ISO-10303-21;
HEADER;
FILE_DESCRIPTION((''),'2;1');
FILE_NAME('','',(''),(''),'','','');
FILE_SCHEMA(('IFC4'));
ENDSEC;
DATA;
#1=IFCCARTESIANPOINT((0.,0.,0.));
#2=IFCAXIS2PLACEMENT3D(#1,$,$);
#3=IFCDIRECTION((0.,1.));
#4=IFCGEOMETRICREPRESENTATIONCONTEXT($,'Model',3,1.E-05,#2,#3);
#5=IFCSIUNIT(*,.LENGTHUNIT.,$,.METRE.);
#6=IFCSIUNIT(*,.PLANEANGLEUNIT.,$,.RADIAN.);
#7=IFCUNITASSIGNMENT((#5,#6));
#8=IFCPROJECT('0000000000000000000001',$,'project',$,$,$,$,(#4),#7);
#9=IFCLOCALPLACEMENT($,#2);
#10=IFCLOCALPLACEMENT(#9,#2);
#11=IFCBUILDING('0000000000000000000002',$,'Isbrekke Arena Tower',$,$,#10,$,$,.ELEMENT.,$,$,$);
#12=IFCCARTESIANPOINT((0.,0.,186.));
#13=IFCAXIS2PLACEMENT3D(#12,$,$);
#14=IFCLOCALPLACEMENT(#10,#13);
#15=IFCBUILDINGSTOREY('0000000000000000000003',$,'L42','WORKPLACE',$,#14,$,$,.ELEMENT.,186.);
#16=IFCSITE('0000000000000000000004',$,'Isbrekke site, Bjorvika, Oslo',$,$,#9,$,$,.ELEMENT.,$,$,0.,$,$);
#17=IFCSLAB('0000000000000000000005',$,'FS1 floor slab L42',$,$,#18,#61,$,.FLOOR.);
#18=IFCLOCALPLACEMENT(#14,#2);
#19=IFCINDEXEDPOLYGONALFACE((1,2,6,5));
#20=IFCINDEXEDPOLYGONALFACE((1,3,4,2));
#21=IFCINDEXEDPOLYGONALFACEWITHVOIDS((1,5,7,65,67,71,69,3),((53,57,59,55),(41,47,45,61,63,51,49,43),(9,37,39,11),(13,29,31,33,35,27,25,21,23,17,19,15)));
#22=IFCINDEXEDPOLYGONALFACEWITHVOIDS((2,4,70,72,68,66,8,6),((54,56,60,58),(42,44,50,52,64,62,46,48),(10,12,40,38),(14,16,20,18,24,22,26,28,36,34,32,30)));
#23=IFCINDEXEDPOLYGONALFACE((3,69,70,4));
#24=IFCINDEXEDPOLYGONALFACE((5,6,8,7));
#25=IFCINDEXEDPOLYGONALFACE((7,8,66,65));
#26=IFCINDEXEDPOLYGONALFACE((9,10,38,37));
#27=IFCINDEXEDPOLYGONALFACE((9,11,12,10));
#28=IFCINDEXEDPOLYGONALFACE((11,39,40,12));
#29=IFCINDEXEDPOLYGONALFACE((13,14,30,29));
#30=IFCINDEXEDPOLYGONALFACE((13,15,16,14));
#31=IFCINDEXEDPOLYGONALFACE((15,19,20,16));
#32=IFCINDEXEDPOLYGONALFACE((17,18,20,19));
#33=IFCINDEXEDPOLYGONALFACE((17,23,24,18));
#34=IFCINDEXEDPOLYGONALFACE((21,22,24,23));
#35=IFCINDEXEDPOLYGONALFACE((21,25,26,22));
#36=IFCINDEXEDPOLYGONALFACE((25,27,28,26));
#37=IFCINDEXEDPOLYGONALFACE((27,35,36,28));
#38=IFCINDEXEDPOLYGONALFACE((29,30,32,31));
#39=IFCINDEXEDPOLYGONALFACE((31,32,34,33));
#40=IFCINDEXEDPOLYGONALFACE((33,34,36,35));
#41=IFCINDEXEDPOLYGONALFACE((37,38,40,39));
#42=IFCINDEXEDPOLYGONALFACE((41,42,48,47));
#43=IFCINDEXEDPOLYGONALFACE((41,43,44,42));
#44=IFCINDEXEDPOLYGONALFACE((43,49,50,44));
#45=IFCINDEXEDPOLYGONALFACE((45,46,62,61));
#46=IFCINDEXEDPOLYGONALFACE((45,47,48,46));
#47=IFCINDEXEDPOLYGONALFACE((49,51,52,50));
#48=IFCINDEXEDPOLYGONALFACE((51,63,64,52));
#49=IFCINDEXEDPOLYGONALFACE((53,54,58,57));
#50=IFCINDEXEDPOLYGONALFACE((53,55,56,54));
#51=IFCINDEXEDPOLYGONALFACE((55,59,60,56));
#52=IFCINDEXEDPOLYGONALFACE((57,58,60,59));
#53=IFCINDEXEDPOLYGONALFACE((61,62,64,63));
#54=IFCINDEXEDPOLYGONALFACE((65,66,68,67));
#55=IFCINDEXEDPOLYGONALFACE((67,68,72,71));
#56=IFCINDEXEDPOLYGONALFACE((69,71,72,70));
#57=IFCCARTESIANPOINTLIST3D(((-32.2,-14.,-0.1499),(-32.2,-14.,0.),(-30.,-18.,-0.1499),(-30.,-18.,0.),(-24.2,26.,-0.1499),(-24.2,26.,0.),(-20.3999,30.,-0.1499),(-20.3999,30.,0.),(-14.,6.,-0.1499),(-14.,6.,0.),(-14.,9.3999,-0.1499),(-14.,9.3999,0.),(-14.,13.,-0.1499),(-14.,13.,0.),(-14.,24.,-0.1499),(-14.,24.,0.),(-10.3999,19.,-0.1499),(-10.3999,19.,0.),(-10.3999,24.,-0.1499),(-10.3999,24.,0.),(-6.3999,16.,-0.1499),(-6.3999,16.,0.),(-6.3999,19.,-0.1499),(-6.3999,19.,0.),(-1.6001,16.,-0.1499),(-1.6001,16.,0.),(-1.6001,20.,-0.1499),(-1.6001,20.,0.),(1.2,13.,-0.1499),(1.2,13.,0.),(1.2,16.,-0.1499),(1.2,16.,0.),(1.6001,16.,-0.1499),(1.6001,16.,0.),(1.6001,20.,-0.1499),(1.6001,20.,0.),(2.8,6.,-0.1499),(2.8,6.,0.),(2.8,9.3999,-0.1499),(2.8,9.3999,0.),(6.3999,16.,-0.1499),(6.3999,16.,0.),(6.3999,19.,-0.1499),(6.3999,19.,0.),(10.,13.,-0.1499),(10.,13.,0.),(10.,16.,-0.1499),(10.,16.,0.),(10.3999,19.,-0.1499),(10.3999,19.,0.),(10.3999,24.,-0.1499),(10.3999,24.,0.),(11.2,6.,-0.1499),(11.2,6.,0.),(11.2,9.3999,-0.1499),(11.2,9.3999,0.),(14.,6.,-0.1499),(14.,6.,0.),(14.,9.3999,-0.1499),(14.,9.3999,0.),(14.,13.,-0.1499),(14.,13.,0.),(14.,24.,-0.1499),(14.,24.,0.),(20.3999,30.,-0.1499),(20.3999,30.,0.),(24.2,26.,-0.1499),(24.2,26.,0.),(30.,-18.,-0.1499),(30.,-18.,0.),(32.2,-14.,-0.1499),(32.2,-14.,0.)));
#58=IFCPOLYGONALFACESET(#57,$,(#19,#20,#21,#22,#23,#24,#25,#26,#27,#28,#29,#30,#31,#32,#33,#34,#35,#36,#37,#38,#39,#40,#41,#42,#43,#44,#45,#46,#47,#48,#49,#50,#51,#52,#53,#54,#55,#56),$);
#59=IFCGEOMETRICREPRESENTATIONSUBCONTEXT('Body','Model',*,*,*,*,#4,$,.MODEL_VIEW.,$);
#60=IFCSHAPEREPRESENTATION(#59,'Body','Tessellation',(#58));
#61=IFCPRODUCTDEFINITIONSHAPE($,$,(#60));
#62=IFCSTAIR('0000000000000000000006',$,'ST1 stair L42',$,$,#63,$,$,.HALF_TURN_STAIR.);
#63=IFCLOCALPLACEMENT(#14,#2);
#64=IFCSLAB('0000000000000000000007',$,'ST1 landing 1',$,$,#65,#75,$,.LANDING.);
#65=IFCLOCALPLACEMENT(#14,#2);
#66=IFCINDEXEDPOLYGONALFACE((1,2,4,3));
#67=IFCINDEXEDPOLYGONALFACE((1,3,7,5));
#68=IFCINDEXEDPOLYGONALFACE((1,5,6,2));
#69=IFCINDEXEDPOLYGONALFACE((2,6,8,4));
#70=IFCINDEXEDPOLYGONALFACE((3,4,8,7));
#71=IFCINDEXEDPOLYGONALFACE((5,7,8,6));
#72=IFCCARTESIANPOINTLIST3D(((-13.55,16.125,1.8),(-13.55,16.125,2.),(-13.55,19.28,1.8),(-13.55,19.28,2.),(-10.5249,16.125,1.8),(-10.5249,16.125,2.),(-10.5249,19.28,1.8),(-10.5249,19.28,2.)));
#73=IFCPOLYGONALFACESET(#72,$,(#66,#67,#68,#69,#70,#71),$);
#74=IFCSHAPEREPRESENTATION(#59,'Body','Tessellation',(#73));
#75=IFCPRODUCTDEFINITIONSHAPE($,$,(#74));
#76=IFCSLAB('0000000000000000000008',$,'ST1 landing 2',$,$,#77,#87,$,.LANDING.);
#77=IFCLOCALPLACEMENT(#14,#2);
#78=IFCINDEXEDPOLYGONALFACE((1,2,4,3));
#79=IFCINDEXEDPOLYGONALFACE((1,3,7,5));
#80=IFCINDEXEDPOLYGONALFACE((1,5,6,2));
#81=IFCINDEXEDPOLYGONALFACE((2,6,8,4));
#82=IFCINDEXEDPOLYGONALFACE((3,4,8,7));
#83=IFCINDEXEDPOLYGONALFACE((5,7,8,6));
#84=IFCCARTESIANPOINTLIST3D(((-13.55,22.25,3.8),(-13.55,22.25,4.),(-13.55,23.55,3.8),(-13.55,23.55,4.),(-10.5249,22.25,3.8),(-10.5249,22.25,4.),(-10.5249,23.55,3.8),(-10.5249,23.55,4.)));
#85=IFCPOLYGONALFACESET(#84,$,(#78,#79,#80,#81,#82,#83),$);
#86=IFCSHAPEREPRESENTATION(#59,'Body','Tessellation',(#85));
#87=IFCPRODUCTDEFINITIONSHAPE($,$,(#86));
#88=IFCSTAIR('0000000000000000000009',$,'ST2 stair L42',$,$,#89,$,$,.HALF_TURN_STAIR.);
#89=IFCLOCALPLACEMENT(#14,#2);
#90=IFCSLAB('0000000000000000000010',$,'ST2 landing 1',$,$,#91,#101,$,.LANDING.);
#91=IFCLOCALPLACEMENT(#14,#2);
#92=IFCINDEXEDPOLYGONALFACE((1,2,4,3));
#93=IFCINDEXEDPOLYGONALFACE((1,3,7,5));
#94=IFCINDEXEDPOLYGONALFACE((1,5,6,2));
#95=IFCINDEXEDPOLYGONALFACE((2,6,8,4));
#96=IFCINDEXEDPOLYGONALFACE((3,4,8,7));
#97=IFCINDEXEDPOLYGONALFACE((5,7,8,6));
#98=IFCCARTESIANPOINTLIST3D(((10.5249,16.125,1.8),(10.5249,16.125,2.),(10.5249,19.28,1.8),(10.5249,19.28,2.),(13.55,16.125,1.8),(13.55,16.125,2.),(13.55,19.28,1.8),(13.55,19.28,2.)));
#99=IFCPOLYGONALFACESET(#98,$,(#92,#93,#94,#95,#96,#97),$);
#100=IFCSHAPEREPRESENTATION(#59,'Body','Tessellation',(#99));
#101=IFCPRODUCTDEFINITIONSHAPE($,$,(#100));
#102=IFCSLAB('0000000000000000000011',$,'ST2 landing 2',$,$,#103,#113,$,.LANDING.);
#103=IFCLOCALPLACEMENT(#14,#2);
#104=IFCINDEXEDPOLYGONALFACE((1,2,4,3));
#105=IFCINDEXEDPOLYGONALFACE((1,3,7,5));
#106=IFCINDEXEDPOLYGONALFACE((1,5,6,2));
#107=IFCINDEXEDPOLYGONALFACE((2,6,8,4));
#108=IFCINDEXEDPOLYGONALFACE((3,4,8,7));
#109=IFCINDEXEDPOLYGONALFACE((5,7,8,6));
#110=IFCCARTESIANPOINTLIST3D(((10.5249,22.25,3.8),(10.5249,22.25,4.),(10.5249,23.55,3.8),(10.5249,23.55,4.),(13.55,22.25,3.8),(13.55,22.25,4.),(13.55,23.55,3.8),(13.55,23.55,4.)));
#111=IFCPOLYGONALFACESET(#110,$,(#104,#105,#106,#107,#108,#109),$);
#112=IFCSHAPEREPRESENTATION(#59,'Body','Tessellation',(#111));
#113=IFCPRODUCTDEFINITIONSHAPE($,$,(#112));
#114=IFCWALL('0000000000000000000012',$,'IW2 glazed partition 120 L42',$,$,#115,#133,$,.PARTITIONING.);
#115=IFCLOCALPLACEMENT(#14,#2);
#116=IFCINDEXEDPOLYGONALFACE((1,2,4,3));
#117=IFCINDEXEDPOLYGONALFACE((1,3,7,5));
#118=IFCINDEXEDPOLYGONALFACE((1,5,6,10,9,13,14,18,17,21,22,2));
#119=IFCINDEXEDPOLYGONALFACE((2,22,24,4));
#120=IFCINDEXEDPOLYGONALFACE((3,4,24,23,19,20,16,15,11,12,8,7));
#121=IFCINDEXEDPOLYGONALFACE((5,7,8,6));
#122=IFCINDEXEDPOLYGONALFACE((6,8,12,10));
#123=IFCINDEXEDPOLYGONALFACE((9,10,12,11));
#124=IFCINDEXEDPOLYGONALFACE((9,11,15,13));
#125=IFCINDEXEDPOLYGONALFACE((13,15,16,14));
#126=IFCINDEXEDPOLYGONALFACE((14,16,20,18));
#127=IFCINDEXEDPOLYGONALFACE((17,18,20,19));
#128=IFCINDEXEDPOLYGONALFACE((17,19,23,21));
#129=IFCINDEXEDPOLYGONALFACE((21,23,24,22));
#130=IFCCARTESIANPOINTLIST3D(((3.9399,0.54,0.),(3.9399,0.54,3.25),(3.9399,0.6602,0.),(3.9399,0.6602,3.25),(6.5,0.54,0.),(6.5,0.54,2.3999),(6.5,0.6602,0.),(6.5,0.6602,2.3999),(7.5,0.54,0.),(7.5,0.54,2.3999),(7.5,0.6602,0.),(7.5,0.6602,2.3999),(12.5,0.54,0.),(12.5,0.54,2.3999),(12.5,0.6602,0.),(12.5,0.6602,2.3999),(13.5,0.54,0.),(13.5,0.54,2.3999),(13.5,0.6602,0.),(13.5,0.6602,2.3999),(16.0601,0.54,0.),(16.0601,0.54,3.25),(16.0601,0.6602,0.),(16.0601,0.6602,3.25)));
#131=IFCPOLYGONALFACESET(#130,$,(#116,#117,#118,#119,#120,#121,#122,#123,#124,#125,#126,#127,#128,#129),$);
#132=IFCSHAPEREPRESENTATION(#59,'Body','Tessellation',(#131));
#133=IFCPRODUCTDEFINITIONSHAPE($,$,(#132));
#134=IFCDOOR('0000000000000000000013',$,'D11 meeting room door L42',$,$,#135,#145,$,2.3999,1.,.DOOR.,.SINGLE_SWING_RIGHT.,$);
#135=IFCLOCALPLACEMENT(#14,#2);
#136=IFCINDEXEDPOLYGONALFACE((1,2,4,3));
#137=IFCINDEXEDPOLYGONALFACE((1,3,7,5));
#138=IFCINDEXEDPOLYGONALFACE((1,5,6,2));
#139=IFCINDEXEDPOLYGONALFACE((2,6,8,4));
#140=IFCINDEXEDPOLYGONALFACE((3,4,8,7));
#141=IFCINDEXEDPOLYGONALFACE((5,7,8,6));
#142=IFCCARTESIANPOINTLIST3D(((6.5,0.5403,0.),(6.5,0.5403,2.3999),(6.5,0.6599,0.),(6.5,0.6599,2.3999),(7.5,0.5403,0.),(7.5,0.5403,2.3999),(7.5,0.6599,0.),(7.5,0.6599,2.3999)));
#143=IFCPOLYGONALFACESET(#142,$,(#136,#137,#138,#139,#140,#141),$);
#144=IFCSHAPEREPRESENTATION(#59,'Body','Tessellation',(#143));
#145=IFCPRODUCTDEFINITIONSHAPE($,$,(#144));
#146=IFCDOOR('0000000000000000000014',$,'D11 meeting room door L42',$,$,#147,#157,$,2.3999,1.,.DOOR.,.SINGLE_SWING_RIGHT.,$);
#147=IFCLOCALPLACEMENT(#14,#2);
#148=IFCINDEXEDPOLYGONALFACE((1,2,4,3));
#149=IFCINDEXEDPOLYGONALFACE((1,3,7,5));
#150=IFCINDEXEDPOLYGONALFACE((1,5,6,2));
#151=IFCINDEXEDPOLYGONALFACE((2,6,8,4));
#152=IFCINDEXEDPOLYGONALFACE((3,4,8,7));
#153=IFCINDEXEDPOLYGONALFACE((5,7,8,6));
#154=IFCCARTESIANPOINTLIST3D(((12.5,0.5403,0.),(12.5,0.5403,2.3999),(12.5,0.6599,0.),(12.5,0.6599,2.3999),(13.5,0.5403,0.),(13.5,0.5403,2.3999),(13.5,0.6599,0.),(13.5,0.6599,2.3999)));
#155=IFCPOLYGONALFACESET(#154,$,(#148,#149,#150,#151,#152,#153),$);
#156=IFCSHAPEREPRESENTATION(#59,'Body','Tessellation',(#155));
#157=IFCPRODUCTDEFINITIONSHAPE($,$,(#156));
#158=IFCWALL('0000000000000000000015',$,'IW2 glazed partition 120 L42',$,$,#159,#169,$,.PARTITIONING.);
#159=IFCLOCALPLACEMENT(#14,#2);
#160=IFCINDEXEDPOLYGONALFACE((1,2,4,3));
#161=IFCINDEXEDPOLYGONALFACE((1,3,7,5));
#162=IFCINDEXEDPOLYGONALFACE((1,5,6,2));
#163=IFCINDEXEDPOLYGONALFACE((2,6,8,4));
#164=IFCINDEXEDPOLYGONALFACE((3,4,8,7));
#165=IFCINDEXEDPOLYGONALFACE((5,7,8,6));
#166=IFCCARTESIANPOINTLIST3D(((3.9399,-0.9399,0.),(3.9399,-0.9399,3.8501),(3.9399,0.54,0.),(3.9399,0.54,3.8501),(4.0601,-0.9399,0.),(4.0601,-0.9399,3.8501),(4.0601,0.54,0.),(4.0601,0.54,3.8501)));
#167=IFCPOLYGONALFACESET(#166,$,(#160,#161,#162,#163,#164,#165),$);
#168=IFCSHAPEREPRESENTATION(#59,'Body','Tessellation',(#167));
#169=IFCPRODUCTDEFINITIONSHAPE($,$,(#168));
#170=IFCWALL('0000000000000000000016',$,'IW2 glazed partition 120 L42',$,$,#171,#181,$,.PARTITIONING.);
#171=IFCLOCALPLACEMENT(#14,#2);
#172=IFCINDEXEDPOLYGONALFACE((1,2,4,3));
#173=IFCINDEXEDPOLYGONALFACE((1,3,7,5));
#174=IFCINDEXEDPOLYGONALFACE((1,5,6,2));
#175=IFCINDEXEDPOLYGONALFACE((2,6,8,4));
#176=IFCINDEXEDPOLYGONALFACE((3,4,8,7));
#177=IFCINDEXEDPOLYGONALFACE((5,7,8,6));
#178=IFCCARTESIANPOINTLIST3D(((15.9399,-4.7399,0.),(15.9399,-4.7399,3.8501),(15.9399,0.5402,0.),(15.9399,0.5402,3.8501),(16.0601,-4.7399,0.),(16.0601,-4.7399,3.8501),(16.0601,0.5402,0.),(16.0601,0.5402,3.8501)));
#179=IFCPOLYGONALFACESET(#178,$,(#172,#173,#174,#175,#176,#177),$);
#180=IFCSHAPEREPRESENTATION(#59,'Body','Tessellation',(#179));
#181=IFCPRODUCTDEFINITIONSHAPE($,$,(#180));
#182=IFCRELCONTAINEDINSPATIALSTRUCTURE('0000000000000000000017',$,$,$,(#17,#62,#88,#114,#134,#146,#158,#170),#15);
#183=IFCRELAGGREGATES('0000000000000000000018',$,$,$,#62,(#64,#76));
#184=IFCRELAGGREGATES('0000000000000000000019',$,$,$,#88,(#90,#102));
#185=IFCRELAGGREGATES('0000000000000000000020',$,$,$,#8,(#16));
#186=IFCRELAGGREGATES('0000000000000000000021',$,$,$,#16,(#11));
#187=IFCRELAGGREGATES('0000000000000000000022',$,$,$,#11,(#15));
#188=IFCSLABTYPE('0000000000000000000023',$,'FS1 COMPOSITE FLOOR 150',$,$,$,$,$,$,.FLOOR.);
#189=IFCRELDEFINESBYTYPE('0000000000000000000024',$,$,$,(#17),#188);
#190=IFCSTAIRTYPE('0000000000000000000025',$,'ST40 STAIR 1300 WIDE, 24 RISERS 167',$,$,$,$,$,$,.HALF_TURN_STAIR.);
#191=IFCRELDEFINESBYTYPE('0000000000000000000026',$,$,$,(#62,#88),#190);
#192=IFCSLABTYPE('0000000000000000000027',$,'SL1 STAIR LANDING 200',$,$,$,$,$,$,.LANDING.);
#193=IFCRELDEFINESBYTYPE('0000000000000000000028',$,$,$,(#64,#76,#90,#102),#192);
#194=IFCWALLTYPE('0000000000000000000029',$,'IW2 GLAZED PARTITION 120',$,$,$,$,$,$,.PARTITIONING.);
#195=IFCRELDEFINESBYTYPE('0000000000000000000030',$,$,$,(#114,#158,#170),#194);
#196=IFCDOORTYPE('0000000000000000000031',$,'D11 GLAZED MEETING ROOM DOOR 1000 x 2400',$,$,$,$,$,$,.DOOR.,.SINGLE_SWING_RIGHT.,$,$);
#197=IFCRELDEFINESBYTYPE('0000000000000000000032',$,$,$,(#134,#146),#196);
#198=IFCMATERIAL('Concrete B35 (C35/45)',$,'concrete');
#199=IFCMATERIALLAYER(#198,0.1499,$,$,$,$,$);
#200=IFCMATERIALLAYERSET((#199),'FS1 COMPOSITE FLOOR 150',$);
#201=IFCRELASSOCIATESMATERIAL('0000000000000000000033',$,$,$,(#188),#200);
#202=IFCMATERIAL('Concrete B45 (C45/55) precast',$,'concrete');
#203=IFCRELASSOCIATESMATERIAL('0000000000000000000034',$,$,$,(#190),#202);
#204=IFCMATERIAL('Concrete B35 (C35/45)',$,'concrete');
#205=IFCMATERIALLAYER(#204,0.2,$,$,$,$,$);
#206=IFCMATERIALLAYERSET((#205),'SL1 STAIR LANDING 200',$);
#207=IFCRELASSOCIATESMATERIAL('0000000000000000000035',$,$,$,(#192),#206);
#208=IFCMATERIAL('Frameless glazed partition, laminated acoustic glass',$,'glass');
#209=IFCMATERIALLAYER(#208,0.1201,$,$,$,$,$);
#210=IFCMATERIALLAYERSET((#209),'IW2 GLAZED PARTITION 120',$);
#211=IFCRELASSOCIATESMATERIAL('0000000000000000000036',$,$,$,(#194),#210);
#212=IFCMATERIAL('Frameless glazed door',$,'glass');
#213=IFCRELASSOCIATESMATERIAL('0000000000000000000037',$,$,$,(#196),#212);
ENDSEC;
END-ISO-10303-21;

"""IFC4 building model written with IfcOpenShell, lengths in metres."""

from ifc_helpers import new_model, si_unit, direction, frame, frame_2d, origin, place, context, subcontext, project, spatial, polyline, rectangle, outline, extrude, material, layer, layer_set, type_object, element, fill, aggregate, save


model = new_model("IFC4")

# Units and contexts
model_context = context("Model", 3, precision=1e-05, world=origin(), true_north=direction((0.0, 1.0)))
body_context = subcontext(model_context, "Body", "Model", "MODEL_VIEW")
ifc_project = project(units=[si_unit("LENGTHUNIT", "METRE"), si_unit("PLANEANGLEUNIT", "RADIAN")], contexts=[model_context])

# Site, building, storey
site_placement = place(None, origin())
site = spatial("IfcSite", under=ifc_project, at=site_placement, Name="Isbrekke site, Bjorvika, Oslo", CompositionType="ELEMENT", RefElevation=0.0)
building_placement = place(site_placement, origin())
building = spatial("IfcBuilding", under=site, at=building_placement, Name="Isbrekke Arena Tower", CompositionType="ELEMENT")
storey_placement = place(building_placement, frame((0.0, 0.0, 186.0)))
storey = spatial("IfcBuildingStorey", under=building, at=storey_placement, Name="L42", Description="WORKPLACE", CompositionType="ELEMENT", Elevation=186.0)

# Slab
ifc_material_1 = material(Name="Concrete B35 (C35/45)", Category="concrete")
ifc_layer_1 = layer(ifc_material_1, 0.1499)
ifc_layer_set_1 = layer_set([ifc_layer_1], Name="FS1 COMPOSITE FLOOR 150")
slab_type_1 = type_object("IfcSlabType", Name="FS1 COMPOSITE FLOOR 150", PredefinedType="FLOOR", material=ifc_layer_set_1)
slab_1_placement = place(storey_placement, frame((0.0, 0.0, -0.1499)))
element("IfcSlab", 1, at=slab_1_placement, inside=storey, type_object=slab_type_1, Name="FS1 floor slab L42", PredefinedType="FLOOR", context=body_context, shape_type="SweptSolid", body=[
    extrude(outline(polyline([(-30.0, -18.0), (30.0, -18.0), (32.2, -14.0), (24.2, 26.0), (20.3999, 30.0), (-20.3999, 30.0), (-24.2, 26.0), (-32.2, -14.0), (-30.0, -18.0)]), holes=[polyline([(2.8, 9.3999), (2.8, 6.0), (-14.0, 6.0), (-14.0, 9.3999), (2.8, 9.3999)]), polyline([(11.2, 6.0), (11.2, 9.3999), (14.0, 9.3999), (14.0, 6.0), (11.2, 6.0)]), polyline([(-14.0, 13.0), (-14.0, 24.0), (-10.3999, 24.0), (-10.3999, 19.0), (-6.3999, 19.0), (-6.3999, 16.0), (-1.6001, 16.0), (-1.6001, 20.0), (1.6001, 20.0), (1.6001, 16.0), (1.2, 16.0), (1.2, 13.0), (-14.0, 13.0)]), polyline([(10.0, 13.0), (10.0, 16.0), (6.3999, 16.0), (6.3999, 19.0), (10.3999, 19.0), (10.3999, 24.0), (14.0, 24.0), (14.0, 13.0), (10.0, 13.0)])]), origin(), (0.0, 0.0, 1.0), 0.1499),
])

# Stairs, slabs
ifc_material_2 = material(Name="Concrete B45 (C45/55) precast", Category="concrete")
stair_type = type_object("IfcStairType", Name="ST40 STAIR 1300 WIDE, 24 RISERS 167", PredefinedType="HALF_TURN_STAIR", material=ifc_material_2)
stair_1_placement = place(storey_placement, origin())
stair_1 = element("IfcStair", 2, at=stair_1_placement, inside=storey, type_object=stair_type, Name="ST1 stair L42", PredefinedType="HALF_TURN_STAIR")
ifc_material_3 = material(Name="Concrete B35 (C35/45)", Category="concrete")
ifc_layer_2 = layer(ifc_material_3, 0.2)
ifc_layer_set_2 = layer_set([ifc_layer_2], Name="SL1 STAIR LANDING 200")
slab_type_2 = type_object("IfcSlabType", Name="SL1 STAIR LANDING 200", PredefinedType="LANDING", material=ifc_layer_set_2)
slab_2_placement = place(storey_placement, frame((0.0, 0.0, 1.8)))
slab_2 = element("IfcSlab", 3, at=slab_2_placement, type_object=slab_type_2, Name="ST1 landing 1", PredefinedType="LANDING", context=body_context, shape_type="SweptSolid", body=[
    extrude(outline(polyline([(-13.55, 16.125), (-10.5249, 16.125), (-10.5249, 19.28), (-13.55, 19.28), (-13.55, 16.125)])), origin(), (0.0, 0.0, 1.0), 0.2),
])
slab_3_placement = place(storey_placement, frame((0.0, 0.0, 3.8)))
slab_3 = element("IfcSlab", 4, at=slab_3_placement, type_object=slab_type_2, Name="ST1 landing 2", PredefinedType="LANDING", context=body_context, shape_type="SweptSolid", body=[
    extrude(outline(polyline([(-13.55, 22.25), (-10.5249, 22.25), (-10.5249, 23.55), (-13.55, 23.55), (-13.55, 22.25)])), origin(), (0.0, 0.0, 1.0), 0.2),
])
aggregate(stair_1, [slab_2, slab_3])
stair_2_placement = place(storey_placement, origin())
stair_2 = element("IfcStair", 5, at=stair_2_placement, inside=storey, type_object=stair_type, Name="ST2 stair L42", PredefinedType="HALF_TURN_STAIR")
slab_4_placement = place(storey_placement, frame((0.0, 0.0, 1.8)))
slab_4 = element("IfcSlab", 6, at=slab_4_placement, type_object=slab_type_2, Name="ST2 landing 1", PredefinedType="LANDING", context=body_context, shape_type="SweptSolid", body=[
    extrude(outline(polyline([(10.5249, 16.125), (13.55, 16.125), (13.55, 19.28), (10.5249, 19.28), (10.5249, 16.125)])), origin(), (0.0, 0.0, 1.0), 0.2),
])
slab_5_placement = place(storey_placement, frame((0.0, 0.0, 3.8)))
slab_5 = element("IfcSlab", 7, at=slab_5_placement, type_object=slab_type_2, Name="ST2 landing 2", PredefinedType="LANDING", context=body_context, shape_type="SweptSolid", body=[
    extrude(outline(polyline([(10.5249, 22.25), (13.55, 22.25), (13.55, 23.55), (10.5249, 23.55), (10.5249, 22.25)])), origin(), (0.0, 0.0, 1.0), 0.2),
])
aggregate(stair_2, [slab_4, slab_5])

# Wall, openings, doors
ifc_material_4 = material(Name="Frameless glazed partition, laminated acoustic glass", Category="glass")
ifc_layer_3 = layer(ifc_material_4, 0.1201)
ifc_layer_set_3 = layer_set([ifc_layer_3], Name="IW2 GLAZED PARTITION 120")
wall_type_1 = type_object("IfcWallType", Name="IW2 GLAZED PARTITION 120", PredefinedType="PARTITIONING", material=ifc_layer_set_3)
wall_1_placement = place(storey_placement, frame((3.9399, 0.6001, 0.0), z_axis=(0.0, 0.0, 1.0), x_axis=(1.0, 0.0, 0.0)))
wall_1 = element("IfcWall", 8, at=wall_1_placement, inside=storey, type_object=wall_type_1, Name="IW2 glazed partition 120 L42", PredefinedType="PARTITIONING", context=body_context, shape_type="SweptSolid", body=[
    extrude(rectangle(XDim=12.1201, YDim=0.1201, at=frame_2d((6.0601, 0.0))), origin(), (0.0, 0.0, 1.0), 3.25),
])
opening_1_placement = place(wall_1_placement, frame((2.5601, 0.0, 0.0)))
opening_1 = element("IfcOpeningElement", 9, at=opening_1_placement, cuts=wall_1, PredefinedType="OPENING", context=body_context, shape_type="SweptSolid", body=[
    extrude(rectangle(XDim=1.0, YDim=2.3999, at=frame_2d((0.5, 1.2))), frame((0.0, 0.075, 0.0), z_axis=(0.0, -1.0, 0.0), x_axis=(1.0, 0.0, 0.0)), (0.0, 0.0, 1.0), 0.1499),
])
opening_2_placement = place(wall_1_placement, frame((8.5601, 0.0, 0.0)))
opening_2 = element("IfcOpeningElement", 10, at=opening_2_placement, cuts=wall_1, PredefinedType="OPENING", context=body_context, shape_type="SweptSolid", body=[
    extrude(rectangle(XDim=1.0, YDim=2.3999, at=frame_2d((0.5, 1.2))), frame((0.0, 0.075, 0.0), z_axis=(0.0, -1.0, 0.0), x_axis=(1.0, 0.0, 0.0)), (0.0, 0.0, 1.0), 0.1499),
])
ifc_material_5 = material(Name="Frameless glazed door", Category="glass")
door_type = type_object("IfcDoorType", Name="D11 GLAZED MEETING ROOM DOOR 1000 x 2400", OperationType="SINGLE_SWING_RIGHT", PredefinedType="DOOR", material=ifc_material_5)
door_1_placement = place(opening_1_placement, origin())
door_1 = element("IfcDoor", 11, at=door_1_placement, inside=storey, type_object=door_type, Name="D11 meeting room door L42", OperationType="SINGLE_SWING_RIGHT", OverallHeight=2.3999, OverallWidth=1.0, PredefinedType="DOOR", context=body_context, shape_type="SweptSolid", body=[
    extrude(rectangle(XDim=1.0, YDim=2.3999, at=frame_2d((0.5, 1.2))), frame((0.0, 0.0598, 0.0), z_axis=(0.0, -1.0, 0.0), x_axis=(1.0, 0.0, 0.0)), (0.0, 0.0, 1.0), 0.1196),
])
fill(opening_1, door_1)
door_2_placement = place(opening_2_placement, origin())
door_2 = element("IfcDoor", 12, at=door_2_placement, inside=storey, type_object=door_type, Name="D11 meeting room door L42", OperationType="SINGLE_SWING_RIGHT", OverallHeight=2.3999, OverallWidth=1.0, PredefinedType="DOOR", context=body_context, shape_type="SweptSolid", body=[
    extrude(rectangle(XDim=1.0, YDim=2.3999, at=frame_2d((0.5, 1.2))), frame((0.0, 0.0598, 0.0), z_axis=(0.0, -1.0, 0.0), x_axis=(1.0, 0.0, 0.0)), (0.0, 0.0, 1.0), 0.1196),
])
fill(opening_2, door_2)

# Walls
wall_2_placement = place(storey_placement, frame((4.0, -0.9399, 0.0), z_axis=(0.0, 0.0, 1.0), x_axis=(0.0, 1.0, 0.0)))
element("IfcWall", 13, at=wall_2_placement, inside=storey, type_object=wall_type_1, Name="IW2 glazed partition 120 L42", PredefinedType="PARTITIONING", context=body_context, shape_type="SweptSolid", body=[
    extrude(rectangle(XDim=1.48, YDim=0.1201, at=frame_2d((0.74, 0.0))), origin(), (0.0, 0.0, 1.0), 3.8501),
])
wall_3_placement = place(storey_placement, frame((16.0, -4.74, 0.0), z_axis=(0.0, 0.0, 1.0), x_axis=(0.0, 1.0, 0.0)))
element("IfcWall", 14, at=wall_3_placement, inside=storey, type_object=wall_type_1, Name="IW2 glazed partition 120 L42", PredefinedType="PARTITIONING", context=body_context, shape_type="SweptSolid", body=[
    extrude(rectangle(XDim=5.28, YDim=0.1201, at=frame_2d((2.6401, 0.0))), origin(), (0.0, 0.0, 1.0), 3.8501),
])

save(model, "model.ifc")
